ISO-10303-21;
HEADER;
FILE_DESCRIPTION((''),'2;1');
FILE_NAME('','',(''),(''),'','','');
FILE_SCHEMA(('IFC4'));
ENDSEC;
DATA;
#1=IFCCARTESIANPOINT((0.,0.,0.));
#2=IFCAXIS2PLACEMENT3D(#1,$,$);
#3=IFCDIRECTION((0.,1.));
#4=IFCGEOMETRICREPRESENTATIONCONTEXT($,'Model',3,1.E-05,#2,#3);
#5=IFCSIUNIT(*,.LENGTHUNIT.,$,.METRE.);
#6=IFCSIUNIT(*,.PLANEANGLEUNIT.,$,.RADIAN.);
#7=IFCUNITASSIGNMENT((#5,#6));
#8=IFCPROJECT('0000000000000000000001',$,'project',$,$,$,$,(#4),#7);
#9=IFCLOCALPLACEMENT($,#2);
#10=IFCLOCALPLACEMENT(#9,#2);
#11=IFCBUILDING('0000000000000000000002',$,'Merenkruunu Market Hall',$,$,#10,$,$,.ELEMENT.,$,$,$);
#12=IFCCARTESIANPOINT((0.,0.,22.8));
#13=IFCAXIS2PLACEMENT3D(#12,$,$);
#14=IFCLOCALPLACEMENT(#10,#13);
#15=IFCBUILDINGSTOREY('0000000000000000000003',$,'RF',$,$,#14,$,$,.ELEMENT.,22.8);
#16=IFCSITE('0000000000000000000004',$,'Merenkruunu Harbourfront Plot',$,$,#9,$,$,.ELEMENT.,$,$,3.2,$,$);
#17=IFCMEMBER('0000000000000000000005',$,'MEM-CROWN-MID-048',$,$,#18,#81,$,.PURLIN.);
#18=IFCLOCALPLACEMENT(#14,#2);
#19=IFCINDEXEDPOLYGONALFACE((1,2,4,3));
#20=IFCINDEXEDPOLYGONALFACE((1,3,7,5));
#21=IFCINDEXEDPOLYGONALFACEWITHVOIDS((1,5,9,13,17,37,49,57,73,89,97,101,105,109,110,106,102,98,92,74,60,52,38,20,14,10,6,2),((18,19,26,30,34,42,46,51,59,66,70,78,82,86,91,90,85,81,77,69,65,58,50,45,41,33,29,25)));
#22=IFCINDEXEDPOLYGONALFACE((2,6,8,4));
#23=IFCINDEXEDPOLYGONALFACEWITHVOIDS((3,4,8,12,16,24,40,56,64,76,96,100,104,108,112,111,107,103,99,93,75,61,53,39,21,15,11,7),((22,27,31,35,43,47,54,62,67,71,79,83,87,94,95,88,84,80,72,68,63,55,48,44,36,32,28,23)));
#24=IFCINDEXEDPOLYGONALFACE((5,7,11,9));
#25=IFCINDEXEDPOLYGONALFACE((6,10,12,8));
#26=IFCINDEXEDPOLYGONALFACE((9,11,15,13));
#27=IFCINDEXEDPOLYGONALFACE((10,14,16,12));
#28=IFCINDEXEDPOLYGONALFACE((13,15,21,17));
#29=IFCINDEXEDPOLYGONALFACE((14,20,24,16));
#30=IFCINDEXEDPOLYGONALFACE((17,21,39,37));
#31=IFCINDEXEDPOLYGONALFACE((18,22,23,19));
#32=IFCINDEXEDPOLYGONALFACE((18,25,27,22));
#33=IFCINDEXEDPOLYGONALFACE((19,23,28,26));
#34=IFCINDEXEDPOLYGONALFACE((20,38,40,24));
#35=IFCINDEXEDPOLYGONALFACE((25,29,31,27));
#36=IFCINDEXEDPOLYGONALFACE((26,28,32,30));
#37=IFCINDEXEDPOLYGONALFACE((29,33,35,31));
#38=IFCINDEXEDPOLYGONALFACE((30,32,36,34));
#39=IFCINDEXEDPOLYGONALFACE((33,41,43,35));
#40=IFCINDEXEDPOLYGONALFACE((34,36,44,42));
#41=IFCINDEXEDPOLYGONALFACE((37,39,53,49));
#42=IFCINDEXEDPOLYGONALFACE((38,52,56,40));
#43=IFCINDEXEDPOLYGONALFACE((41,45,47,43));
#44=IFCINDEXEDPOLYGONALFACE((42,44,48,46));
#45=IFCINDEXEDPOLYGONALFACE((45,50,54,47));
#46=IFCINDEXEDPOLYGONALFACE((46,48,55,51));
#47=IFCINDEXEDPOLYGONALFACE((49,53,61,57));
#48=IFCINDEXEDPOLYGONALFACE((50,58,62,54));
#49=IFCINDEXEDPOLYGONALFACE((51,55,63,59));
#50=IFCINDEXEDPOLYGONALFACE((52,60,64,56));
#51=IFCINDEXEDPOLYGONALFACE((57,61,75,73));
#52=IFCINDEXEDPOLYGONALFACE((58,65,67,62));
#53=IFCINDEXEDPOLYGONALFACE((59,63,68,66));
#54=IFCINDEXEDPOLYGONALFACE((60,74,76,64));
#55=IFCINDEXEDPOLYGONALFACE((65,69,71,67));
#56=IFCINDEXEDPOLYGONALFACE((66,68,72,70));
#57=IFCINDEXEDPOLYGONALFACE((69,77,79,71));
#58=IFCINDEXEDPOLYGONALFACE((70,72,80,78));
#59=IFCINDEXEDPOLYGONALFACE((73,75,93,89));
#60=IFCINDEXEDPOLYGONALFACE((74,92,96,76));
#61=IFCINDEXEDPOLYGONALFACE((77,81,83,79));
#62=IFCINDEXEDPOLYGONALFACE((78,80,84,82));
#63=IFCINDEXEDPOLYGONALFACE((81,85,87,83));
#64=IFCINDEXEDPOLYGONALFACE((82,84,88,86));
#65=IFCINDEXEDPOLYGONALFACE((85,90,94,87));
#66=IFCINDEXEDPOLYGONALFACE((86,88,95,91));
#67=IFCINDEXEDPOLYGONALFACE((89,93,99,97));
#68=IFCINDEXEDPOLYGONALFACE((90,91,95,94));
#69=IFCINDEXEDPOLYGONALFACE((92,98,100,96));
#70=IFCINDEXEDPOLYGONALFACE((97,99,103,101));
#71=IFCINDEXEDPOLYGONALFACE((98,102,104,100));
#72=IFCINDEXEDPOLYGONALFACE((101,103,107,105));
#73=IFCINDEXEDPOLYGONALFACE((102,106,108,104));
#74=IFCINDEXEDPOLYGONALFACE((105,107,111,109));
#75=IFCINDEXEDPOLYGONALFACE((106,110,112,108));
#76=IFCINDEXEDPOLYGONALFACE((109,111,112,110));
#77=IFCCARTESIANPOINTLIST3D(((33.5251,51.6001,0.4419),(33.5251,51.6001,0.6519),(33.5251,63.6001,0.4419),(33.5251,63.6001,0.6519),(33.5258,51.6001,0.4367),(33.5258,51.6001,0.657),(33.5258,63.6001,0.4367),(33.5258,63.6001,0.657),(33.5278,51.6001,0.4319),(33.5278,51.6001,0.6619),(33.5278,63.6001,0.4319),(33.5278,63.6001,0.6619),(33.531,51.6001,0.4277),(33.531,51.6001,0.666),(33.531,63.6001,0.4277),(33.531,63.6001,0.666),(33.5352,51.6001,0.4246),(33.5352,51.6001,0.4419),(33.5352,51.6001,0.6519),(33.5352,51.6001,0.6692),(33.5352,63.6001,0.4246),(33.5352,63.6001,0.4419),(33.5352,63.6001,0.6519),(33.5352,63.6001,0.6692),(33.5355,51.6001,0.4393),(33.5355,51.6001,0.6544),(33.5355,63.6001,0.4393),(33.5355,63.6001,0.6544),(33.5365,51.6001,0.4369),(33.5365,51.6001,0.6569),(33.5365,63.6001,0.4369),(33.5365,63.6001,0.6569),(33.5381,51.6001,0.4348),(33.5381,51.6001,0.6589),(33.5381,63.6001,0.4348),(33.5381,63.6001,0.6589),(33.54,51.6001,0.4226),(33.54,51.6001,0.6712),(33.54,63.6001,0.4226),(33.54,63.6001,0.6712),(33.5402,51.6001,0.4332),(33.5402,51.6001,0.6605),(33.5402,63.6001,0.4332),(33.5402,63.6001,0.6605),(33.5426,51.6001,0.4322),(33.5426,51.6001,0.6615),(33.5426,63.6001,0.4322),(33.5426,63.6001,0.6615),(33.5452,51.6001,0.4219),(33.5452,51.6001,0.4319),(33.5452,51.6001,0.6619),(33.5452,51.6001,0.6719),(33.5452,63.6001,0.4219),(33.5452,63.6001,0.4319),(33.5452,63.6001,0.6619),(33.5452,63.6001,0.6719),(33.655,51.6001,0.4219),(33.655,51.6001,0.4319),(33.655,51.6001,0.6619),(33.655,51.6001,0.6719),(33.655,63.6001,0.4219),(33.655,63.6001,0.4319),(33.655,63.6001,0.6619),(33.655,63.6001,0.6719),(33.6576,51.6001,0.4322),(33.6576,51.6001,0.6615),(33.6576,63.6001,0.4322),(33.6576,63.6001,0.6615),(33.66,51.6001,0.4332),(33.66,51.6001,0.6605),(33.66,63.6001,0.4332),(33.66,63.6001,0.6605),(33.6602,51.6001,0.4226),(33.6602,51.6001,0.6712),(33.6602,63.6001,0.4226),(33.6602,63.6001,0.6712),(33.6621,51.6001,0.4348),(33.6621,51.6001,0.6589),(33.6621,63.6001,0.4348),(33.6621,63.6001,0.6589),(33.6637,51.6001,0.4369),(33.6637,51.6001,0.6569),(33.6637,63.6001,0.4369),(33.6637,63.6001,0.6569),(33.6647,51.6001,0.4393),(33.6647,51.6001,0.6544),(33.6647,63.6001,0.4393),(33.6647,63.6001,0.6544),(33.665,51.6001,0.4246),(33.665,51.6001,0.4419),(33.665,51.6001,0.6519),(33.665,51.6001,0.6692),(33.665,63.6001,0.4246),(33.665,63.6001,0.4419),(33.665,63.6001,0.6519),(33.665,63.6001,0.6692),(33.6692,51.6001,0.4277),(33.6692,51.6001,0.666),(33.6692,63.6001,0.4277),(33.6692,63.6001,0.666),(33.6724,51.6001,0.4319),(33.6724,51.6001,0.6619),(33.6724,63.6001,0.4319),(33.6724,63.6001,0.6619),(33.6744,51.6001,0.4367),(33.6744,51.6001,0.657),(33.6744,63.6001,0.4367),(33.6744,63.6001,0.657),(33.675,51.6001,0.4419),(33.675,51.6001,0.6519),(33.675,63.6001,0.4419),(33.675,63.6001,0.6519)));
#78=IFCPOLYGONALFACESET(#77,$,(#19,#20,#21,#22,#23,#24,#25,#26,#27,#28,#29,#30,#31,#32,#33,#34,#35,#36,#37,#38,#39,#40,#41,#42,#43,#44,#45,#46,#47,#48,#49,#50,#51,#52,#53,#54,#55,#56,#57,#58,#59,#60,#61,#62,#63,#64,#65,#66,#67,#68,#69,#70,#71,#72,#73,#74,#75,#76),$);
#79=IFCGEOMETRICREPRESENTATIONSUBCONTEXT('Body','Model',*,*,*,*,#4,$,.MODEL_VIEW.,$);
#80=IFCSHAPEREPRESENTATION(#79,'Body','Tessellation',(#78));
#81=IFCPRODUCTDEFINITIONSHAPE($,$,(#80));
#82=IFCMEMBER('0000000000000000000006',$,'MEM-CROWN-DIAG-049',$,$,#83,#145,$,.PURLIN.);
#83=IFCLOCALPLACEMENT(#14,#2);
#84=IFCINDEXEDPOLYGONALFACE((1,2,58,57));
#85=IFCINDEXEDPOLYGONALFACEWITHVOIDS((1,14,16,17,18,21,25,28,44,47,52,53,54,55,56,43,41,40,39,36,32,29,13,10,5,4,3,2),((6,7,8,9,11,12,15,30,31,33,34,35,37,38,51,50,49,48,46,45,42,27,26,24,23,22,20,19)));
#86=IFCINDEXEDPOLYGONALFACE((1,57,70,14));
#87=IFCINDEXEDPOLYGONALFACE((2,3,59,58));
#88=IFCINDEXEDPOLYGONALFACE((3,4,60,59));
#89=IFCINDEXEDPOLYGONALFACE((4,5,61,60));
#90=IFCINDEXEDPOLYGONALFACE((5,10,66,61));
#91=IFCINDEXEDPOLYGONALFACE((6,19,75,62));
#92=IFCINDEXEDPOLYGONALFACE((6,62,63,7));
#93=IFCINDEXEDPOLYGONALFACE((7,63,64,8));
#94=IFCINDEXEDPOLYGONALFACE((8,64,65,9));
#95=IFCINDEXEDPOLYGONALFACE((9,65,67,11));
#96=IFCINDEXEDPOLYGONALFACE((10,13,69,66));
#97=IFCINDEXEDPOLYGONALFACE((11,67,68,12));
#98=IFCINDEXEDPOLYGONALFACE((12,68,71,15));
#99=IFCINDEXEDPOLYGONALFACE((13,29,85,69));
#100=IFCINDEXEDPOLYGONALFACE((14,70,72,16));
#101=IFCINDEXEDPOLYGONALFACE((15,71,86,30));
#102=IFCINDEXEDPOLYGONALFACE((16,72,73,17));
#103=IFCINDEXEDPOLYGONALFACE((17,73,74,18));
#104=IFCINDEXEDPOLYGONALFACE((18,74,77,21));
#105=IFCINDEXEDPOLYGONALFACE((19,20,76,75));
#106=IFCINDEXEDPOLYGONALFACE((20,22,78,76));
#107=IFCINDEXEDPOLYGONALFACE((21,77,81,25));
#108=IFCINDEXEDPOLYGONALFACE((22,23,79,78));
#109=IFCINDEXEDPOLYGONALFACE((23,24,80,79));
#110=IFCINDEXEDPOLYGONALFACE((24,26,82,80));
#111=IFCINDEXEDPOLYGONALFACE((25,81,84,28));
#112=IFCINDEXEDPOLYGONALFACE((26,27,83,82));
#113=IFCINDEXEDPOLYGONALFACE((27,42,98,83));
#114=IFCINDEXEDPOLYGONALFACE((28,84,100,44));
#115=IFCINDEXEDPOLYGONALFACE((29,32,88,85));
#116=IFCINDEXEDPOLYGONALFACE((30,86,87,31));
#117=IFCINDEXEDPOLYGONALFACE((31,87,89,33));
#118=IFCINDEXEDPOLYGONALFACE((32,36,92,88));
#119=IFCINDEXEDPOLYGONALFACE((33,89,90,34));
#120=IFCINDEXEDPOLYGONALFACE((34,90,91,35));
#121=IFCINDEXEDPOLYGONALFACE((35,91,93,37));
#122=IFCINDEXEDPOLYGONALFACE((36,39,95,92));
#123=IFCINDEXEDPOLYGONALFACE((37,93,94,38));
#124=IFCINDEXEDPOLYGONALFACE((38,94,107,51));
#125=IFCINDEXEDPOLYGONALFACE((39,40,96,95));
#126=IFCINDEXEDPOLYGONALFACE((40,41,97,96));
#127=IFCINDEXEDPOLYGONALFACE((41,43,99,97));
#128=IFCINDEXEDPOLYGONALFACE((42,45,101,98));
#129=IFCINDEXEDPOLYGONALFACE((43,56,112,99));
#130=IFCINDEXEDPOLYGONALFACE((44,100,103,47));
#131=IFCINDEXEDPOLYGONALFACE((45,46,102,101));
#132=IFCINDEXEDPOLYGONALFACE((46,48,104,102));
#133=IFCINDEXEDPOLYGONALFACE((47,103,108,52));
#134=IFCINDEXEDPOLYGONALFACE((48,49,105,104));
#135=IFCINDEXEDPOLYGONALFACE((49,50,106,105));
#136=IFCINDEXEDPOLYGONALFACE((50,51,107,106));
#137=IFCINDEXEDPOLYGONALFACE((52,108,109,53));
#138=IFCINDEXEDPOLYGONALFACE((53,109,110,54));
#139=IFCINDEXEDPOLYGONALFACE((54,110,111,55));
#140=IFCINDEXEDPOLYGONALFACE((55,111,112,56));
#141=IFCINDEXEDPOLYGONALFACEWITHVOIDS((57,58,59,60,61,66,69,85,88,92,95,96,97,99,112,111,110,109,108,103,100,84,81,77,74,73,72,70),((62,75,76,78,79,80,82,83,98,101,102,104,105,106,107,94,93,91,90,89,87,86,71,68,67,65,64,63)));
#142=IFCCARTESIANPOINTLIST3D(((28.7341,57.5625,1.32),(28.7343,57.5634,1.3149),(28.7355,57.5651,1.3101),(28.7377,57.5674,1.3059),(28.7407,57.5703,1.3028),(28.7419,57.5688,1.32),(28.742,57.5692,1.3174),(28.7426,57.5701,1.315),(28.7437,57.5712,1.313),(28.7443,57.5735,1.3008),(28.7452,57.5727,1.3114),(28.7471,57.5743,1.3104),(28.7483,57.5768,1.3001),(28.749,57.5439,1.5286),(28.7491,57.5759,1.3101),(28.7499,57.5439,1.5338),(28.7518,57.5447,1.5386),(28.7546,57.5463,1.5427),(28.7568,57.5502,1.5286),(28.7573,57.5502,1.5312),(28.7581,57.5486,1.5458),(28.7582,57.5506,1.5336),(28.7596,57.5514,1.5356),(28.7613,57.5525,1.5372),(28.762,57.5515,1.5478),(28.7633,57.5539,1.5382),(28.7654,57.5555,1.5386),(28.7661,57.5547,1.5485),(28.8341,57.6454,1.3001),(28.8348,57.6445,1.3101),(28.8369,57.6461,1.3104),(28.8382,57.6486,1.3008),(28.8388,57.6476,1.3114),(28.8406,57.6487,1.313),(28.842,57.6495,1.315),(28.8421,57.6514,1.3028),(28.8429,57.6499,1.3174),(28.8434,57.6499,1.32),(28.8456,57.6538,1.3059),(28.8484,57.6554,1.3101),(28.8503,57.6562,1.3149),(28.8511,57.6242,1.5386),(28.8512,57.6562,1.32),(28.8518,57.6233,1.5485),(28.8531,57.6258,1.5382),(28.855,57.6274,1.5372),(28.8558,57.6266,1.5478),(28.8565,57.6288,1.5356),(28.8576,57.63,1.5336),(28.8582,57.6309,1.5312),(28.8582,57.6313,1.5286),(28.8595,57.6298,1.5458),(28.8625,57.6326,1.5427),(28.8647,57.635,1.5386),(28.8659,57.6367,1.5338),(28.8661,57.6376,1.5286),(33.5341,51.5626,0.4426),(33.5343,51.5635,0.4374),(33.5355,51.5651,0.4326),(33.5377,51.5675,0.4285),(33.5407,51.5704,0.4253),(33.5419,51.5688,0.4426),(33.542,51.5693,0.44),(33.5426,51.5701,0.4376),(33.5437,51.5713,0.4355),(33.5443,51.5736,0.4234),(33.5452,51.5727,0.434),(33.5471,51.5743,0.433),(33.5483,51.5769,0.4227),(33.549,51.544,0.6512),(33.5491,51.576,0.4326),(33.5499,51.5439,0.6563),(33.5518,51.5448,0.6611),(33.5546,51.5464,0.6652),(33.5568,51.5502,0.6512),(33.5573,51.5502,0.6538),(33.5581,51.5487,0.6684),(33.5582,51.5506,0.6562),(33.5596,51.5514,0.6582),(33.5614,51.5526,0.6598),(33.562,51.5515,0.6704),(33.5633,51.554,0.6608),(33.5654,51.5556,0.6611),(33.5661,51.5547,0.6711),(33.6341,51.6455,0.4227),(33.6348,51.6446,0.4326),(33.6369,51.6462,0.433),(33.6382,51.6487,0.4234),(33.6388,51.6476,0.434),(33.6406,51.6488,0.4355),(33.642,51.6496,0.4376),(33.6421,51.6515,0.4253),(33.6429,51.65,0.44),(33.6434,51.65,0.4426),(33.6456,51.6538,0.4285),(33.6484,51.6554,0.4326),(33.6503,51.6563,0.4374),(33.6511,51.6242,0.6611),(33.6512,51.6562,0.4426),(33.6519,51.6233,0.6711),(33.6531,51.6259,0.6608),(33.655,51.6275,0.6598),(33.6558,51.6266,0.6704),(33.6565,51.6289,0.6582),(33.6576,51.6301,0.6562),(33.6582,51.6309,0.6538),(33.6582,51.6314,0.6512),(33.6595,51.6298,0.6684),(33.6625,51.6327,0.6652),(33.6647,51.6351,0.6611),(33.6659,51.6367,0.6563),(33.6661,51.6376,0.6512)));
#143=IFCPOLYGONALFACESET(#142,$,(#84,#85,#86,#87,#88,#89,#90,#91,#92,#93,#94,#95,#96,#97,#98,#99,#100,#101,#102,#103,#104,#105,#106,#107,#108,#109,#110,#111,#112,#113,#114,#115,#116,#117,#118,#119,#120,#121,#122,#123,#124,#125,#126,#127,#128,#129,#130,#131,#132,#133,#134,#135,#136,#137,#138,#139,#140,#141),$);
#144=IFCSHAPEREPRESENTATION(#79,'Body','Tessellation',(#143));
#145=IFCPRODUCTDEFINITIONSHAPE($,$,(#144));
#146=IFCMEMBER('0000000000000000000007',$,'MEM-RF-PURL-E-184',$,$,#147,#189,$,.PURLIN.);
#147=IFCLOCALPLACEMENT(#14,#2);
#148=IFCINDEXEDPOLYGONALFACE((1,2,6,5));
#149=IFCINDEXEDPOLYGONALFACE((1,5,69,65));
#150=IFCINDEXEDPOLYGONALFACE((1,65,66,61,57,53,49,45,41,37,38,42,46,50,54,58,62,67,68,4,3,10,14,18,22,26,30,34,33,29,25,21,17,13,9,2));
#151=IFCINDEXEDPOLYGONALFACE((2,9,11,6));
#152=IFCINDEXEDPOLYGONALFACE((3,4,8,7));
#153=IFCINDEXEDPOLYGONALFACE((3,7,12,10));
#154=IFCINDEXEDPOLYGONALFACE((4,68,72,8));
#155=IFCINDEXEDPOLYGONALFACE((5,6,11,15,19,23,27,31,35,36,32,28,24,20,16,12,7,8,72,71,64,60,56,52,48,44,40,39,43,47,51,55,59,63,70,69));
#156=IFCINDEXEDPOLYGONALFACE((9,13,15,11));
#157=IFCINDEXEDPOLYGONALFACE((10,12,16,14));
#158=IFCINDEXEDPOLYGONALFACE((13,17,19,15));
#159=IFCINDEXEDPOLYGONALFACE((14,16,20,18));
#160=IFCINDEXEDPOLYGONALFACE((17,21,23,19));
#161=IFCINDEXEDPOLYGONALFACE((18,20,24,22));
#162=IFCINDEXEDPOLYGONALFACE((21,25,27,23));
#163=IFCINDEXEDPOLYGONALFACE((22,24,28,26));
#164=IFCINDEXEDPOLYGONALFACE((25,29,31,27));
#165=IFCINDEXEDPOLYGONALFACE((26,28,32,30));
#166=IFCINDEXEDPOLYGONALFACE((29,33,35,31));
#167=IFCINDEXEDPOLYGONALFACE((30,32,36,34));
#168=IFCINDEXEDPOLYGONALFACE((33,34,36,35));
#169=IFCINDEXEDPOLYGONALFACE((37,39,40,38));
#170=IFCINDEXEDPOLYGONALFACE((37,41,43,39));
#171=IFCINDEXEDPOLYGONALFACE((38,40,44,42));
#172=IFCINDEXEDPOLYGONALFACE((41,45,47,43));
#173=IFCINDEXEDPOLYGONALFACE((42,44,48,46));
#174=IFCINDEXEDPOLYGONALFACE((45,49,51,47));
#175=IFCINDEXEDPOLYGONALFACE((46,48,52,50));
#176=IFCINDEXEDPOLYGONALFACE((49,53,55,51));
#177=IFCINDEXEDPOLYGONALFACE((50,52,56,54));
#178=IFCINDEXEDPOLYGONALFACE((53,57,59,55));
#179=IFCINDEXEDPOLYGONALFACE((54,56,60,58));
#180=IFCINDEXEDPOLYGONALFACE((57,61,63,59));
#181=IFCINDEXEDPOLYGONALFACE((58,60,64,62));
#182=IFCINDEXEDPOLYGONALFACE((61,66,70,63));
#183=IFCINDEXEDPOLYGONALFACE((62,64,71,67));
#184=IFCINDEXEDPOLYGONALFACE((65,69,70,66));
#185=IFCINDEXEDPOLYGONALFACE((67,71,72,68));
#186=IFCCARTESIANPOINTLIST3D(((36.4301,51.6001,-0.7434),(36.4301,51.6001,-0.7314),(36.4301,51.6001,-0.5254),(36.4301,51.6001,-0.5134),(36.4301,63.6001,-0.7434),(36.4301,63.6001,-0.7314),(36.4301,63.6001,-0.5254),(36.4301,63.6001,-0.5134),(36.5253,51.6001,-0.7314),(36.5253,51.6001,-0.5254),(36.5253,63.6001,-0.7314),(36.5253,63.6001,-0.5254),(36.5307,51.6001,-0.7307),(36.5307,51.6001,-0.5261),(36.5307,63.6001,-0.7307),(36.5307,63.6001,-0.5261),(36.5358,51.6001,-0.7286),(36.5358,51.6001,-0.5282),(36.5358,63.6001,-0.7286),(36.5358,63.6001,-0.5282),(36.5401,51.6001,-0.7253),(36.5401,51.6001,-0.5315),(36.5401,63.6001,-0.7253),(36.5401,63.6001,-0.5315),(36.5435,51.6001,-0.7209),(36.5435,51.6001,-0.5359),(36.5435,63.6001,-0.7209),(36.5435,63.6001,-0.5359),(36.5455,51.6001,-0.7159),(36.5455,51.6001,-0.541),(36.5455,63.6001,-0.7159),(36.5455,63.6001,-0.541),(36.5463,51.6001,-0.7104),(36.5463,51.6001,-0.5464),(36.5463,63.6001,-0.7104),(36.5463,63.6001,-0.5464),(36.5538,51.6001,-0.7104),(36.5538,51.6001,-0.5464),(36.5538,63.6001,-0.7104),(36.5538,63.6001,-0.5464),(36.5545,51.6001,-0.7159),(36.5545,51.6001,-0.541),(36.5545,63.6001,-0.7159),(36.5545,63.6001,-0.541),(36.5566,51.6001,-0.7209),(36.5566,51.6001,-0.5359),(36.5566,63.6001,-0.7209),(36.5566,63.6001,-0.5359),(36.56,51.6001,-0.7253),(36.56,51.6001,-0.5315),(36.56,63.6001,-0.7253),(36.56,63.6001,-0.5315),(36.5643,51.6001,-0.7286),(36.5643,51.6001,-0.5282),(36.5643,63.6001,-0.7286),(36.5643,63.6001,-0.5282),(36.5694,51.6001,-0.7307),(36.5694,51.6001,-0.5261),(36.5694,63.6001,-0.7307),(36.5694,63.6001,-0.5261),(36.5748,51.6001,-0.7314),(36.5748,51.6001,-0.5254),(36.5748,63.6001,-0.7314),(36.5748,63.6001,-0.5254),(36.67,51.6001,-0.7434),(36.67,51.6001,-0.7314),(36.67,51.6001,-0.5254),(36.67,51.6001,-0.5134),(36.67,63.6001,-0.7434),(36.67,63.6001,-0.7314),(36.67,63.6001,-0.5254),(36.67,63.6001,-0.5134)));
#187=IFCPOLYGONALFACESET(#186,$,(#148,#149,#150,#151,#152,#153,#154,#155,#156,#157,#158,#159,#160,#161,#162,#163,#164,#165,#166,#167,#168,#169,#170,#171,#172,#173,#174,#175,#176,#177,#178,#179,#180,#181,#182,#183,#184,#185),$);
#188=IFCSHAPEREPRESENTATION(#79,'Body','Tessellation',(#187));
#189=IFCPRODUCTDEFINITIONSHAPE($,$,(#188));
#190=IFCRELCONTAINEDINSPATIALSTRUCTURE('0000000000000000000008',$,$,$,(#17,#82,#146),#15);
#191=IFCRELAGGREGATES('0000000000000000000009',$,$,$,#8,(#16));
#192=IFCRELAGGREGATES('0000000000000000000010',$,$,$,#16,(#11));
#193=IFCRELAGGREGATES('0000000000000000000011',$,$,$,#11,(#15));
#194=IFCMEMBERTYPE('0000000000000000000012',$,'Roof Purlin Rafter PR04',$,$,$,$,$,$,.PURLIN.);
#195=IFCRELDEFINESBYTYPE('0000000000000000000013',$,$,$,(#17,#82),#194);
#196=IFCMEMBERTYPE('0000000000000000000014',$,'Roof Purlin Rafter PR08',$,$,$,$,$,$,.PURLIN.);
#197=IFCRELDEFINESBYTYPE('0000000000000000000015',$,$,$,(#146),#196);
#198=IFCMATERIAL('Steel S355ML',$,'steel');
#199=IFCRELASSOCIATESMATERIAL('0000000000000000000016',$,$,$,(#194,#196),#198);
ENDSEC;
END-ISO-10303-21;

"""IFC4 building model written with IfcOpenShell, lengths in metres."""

from ifc_helpers import new_model, si_unit, direction, frame, origin, origin_2d, place, context, subcontext, project, spatial, hollow_rectangle, i_section, extrude, material, material_profile, profile_set, type_object, element, save


model = new_model("IFC4")

# Units and contexts
model_context = context("Model", 3, precision=1e-05, world=origin(), true_north=direction((0.0, 1.0)))
body_context = subcontext(model_context, "Body", "Model", "MODEL_VIEW")
ifc_project = project(units=[si_unit("LENGTHUNIT", "METRE"), si_unit("PLANEANGLEUNIT", "RADIAN")], contexts=[model_context])

# Site, building, storey
site_placement = place(None, origin())
site = spatial("IfcSite", under=ifc_project, at=site_placement, Name="Merenkruunu Harbourfront Plot", CompositionType="ELEMENT", RefElevation=3.2)
building_placement = place(site_placement, origin())
building = spatial("IfcBuilding", under=site, at=building_placement, Name="Merenkruunu Market Hall", CompositionType="ELEMENT")
storey_placement = place(building_placement, frame((0.0, 0.0, 22.8)))
storey = spatial("IfcBuildingStorey", under=building, at=storey_placement, Name="RF", CompositionType="ELEMENT", Elevation=22.8)

# Members
ifc_material_1 = material(Name="Steel S355ML", Category="steel")
ifc_material_profile_1 = material_profile(ifc_material_1, hollow_rectangle(XDim=0.1499, YDim=0.25, WallThickness=0.01, InnerFilletRadius=0.01, OuterFilletRadius=0.02, at=origin_2d()), Name="RHS 250x150x10")
ifc_profile_set_1 = profile_set([ifc_material_profile_1], Name="Steel S355ML")
member_type_1 = type_object("IfcMemberType", Name="Roof Purlin Rafter PR04", PredefinedType="PURLIN", material=ifc_profile_set_1)
member_1_placement = place(storey_placement, frame((33.6001, 51.6001, 0.5469), z_axis=(0.0, 1.0, 0.0), x_axis=(-1.0, 0.0, 0.0)))
element("IfcMember", 1, at=member_1_placement, inside=storey, type_object=member_type_1, Name="MEM-CROWN-MID-048", PredefinedType="PURLIN", context=body_context, shape_type="SweptSolid", body=[
    extrude(hollow_rectangle(XDim=0.1499, YDim=0.25, WallThickness=0.01, InnerFilletRadius=0.01, OuterFilletRadius=0.02, at=origin_2d()), origin(), (0.0, 0.0, 1.0), 12.0),
])
member_2_placement = place(storey_placement, frame((33.6001, 51.6001, 0.5469), z_axis=(-0.620665, 0.775824, 0.113457), x_axis=(-0.780866, -0.624699, 0.0)))
element("IfcMember", 2, at=member_2_placement, inside=storey, type_object=member_type_1, Name="MEM-CROWN-DIAG-049", PredefinedType="PURLIN", context=body_context, shape_type="SweptSolid", body=[
    extrude(hollow_rectangle(XDim=0.1499, YDim=0.25, WallThickness=0.01, InnerFilletRadius=0.01, OuterFilletRadius=0.02, at=origin_2d()), origin(), (0.0, 0.0, 1.0), 7.7336),
])
ifc_material_profile_2 = material_profile(ifc_material_1, i_section(OverallWidth=0.24, OverallDepth=0.23, WebThickness=0.0076, FlangeThickness=0.012, FilletRadius=0.021, at=origin_2d()), Name="HEA 240")
ifc_profile_set_2 = profile_set([ifc_material_profile_2], Name="Steel S355ML")
member_type_2 = type_object("IfcMemberType", Name="Roof Purlin Rafter PR08", PredefinedType="PURLIN", material=ifc_profile_set_2)
member_3_placement = place(storey_placement, frame((36.55, 51.6001, -0.6284), z_axis=(0.0, 1.0, 0.0), x_axis=(-1.0, 0.0, 0.0)))
element("IfcMember", 3, at=member_3_placement, inside=storey, type_object=member_type_2, Name="MEM-RF-PURL-E-184", PredefinedType="PURLIN", context=body_context, shape_type="SweptSolid", body=[
    extrude(i_section(OverallWidth=0.24, OverallDepth=0.23, WebThickness=0.0076, FlangeThickness=0.012, FilletRadius=0.021, at=origin_2d()), origin(), (0.0, 0.0, 1.0), 12.0),
])

save(model, "model.ifc")
